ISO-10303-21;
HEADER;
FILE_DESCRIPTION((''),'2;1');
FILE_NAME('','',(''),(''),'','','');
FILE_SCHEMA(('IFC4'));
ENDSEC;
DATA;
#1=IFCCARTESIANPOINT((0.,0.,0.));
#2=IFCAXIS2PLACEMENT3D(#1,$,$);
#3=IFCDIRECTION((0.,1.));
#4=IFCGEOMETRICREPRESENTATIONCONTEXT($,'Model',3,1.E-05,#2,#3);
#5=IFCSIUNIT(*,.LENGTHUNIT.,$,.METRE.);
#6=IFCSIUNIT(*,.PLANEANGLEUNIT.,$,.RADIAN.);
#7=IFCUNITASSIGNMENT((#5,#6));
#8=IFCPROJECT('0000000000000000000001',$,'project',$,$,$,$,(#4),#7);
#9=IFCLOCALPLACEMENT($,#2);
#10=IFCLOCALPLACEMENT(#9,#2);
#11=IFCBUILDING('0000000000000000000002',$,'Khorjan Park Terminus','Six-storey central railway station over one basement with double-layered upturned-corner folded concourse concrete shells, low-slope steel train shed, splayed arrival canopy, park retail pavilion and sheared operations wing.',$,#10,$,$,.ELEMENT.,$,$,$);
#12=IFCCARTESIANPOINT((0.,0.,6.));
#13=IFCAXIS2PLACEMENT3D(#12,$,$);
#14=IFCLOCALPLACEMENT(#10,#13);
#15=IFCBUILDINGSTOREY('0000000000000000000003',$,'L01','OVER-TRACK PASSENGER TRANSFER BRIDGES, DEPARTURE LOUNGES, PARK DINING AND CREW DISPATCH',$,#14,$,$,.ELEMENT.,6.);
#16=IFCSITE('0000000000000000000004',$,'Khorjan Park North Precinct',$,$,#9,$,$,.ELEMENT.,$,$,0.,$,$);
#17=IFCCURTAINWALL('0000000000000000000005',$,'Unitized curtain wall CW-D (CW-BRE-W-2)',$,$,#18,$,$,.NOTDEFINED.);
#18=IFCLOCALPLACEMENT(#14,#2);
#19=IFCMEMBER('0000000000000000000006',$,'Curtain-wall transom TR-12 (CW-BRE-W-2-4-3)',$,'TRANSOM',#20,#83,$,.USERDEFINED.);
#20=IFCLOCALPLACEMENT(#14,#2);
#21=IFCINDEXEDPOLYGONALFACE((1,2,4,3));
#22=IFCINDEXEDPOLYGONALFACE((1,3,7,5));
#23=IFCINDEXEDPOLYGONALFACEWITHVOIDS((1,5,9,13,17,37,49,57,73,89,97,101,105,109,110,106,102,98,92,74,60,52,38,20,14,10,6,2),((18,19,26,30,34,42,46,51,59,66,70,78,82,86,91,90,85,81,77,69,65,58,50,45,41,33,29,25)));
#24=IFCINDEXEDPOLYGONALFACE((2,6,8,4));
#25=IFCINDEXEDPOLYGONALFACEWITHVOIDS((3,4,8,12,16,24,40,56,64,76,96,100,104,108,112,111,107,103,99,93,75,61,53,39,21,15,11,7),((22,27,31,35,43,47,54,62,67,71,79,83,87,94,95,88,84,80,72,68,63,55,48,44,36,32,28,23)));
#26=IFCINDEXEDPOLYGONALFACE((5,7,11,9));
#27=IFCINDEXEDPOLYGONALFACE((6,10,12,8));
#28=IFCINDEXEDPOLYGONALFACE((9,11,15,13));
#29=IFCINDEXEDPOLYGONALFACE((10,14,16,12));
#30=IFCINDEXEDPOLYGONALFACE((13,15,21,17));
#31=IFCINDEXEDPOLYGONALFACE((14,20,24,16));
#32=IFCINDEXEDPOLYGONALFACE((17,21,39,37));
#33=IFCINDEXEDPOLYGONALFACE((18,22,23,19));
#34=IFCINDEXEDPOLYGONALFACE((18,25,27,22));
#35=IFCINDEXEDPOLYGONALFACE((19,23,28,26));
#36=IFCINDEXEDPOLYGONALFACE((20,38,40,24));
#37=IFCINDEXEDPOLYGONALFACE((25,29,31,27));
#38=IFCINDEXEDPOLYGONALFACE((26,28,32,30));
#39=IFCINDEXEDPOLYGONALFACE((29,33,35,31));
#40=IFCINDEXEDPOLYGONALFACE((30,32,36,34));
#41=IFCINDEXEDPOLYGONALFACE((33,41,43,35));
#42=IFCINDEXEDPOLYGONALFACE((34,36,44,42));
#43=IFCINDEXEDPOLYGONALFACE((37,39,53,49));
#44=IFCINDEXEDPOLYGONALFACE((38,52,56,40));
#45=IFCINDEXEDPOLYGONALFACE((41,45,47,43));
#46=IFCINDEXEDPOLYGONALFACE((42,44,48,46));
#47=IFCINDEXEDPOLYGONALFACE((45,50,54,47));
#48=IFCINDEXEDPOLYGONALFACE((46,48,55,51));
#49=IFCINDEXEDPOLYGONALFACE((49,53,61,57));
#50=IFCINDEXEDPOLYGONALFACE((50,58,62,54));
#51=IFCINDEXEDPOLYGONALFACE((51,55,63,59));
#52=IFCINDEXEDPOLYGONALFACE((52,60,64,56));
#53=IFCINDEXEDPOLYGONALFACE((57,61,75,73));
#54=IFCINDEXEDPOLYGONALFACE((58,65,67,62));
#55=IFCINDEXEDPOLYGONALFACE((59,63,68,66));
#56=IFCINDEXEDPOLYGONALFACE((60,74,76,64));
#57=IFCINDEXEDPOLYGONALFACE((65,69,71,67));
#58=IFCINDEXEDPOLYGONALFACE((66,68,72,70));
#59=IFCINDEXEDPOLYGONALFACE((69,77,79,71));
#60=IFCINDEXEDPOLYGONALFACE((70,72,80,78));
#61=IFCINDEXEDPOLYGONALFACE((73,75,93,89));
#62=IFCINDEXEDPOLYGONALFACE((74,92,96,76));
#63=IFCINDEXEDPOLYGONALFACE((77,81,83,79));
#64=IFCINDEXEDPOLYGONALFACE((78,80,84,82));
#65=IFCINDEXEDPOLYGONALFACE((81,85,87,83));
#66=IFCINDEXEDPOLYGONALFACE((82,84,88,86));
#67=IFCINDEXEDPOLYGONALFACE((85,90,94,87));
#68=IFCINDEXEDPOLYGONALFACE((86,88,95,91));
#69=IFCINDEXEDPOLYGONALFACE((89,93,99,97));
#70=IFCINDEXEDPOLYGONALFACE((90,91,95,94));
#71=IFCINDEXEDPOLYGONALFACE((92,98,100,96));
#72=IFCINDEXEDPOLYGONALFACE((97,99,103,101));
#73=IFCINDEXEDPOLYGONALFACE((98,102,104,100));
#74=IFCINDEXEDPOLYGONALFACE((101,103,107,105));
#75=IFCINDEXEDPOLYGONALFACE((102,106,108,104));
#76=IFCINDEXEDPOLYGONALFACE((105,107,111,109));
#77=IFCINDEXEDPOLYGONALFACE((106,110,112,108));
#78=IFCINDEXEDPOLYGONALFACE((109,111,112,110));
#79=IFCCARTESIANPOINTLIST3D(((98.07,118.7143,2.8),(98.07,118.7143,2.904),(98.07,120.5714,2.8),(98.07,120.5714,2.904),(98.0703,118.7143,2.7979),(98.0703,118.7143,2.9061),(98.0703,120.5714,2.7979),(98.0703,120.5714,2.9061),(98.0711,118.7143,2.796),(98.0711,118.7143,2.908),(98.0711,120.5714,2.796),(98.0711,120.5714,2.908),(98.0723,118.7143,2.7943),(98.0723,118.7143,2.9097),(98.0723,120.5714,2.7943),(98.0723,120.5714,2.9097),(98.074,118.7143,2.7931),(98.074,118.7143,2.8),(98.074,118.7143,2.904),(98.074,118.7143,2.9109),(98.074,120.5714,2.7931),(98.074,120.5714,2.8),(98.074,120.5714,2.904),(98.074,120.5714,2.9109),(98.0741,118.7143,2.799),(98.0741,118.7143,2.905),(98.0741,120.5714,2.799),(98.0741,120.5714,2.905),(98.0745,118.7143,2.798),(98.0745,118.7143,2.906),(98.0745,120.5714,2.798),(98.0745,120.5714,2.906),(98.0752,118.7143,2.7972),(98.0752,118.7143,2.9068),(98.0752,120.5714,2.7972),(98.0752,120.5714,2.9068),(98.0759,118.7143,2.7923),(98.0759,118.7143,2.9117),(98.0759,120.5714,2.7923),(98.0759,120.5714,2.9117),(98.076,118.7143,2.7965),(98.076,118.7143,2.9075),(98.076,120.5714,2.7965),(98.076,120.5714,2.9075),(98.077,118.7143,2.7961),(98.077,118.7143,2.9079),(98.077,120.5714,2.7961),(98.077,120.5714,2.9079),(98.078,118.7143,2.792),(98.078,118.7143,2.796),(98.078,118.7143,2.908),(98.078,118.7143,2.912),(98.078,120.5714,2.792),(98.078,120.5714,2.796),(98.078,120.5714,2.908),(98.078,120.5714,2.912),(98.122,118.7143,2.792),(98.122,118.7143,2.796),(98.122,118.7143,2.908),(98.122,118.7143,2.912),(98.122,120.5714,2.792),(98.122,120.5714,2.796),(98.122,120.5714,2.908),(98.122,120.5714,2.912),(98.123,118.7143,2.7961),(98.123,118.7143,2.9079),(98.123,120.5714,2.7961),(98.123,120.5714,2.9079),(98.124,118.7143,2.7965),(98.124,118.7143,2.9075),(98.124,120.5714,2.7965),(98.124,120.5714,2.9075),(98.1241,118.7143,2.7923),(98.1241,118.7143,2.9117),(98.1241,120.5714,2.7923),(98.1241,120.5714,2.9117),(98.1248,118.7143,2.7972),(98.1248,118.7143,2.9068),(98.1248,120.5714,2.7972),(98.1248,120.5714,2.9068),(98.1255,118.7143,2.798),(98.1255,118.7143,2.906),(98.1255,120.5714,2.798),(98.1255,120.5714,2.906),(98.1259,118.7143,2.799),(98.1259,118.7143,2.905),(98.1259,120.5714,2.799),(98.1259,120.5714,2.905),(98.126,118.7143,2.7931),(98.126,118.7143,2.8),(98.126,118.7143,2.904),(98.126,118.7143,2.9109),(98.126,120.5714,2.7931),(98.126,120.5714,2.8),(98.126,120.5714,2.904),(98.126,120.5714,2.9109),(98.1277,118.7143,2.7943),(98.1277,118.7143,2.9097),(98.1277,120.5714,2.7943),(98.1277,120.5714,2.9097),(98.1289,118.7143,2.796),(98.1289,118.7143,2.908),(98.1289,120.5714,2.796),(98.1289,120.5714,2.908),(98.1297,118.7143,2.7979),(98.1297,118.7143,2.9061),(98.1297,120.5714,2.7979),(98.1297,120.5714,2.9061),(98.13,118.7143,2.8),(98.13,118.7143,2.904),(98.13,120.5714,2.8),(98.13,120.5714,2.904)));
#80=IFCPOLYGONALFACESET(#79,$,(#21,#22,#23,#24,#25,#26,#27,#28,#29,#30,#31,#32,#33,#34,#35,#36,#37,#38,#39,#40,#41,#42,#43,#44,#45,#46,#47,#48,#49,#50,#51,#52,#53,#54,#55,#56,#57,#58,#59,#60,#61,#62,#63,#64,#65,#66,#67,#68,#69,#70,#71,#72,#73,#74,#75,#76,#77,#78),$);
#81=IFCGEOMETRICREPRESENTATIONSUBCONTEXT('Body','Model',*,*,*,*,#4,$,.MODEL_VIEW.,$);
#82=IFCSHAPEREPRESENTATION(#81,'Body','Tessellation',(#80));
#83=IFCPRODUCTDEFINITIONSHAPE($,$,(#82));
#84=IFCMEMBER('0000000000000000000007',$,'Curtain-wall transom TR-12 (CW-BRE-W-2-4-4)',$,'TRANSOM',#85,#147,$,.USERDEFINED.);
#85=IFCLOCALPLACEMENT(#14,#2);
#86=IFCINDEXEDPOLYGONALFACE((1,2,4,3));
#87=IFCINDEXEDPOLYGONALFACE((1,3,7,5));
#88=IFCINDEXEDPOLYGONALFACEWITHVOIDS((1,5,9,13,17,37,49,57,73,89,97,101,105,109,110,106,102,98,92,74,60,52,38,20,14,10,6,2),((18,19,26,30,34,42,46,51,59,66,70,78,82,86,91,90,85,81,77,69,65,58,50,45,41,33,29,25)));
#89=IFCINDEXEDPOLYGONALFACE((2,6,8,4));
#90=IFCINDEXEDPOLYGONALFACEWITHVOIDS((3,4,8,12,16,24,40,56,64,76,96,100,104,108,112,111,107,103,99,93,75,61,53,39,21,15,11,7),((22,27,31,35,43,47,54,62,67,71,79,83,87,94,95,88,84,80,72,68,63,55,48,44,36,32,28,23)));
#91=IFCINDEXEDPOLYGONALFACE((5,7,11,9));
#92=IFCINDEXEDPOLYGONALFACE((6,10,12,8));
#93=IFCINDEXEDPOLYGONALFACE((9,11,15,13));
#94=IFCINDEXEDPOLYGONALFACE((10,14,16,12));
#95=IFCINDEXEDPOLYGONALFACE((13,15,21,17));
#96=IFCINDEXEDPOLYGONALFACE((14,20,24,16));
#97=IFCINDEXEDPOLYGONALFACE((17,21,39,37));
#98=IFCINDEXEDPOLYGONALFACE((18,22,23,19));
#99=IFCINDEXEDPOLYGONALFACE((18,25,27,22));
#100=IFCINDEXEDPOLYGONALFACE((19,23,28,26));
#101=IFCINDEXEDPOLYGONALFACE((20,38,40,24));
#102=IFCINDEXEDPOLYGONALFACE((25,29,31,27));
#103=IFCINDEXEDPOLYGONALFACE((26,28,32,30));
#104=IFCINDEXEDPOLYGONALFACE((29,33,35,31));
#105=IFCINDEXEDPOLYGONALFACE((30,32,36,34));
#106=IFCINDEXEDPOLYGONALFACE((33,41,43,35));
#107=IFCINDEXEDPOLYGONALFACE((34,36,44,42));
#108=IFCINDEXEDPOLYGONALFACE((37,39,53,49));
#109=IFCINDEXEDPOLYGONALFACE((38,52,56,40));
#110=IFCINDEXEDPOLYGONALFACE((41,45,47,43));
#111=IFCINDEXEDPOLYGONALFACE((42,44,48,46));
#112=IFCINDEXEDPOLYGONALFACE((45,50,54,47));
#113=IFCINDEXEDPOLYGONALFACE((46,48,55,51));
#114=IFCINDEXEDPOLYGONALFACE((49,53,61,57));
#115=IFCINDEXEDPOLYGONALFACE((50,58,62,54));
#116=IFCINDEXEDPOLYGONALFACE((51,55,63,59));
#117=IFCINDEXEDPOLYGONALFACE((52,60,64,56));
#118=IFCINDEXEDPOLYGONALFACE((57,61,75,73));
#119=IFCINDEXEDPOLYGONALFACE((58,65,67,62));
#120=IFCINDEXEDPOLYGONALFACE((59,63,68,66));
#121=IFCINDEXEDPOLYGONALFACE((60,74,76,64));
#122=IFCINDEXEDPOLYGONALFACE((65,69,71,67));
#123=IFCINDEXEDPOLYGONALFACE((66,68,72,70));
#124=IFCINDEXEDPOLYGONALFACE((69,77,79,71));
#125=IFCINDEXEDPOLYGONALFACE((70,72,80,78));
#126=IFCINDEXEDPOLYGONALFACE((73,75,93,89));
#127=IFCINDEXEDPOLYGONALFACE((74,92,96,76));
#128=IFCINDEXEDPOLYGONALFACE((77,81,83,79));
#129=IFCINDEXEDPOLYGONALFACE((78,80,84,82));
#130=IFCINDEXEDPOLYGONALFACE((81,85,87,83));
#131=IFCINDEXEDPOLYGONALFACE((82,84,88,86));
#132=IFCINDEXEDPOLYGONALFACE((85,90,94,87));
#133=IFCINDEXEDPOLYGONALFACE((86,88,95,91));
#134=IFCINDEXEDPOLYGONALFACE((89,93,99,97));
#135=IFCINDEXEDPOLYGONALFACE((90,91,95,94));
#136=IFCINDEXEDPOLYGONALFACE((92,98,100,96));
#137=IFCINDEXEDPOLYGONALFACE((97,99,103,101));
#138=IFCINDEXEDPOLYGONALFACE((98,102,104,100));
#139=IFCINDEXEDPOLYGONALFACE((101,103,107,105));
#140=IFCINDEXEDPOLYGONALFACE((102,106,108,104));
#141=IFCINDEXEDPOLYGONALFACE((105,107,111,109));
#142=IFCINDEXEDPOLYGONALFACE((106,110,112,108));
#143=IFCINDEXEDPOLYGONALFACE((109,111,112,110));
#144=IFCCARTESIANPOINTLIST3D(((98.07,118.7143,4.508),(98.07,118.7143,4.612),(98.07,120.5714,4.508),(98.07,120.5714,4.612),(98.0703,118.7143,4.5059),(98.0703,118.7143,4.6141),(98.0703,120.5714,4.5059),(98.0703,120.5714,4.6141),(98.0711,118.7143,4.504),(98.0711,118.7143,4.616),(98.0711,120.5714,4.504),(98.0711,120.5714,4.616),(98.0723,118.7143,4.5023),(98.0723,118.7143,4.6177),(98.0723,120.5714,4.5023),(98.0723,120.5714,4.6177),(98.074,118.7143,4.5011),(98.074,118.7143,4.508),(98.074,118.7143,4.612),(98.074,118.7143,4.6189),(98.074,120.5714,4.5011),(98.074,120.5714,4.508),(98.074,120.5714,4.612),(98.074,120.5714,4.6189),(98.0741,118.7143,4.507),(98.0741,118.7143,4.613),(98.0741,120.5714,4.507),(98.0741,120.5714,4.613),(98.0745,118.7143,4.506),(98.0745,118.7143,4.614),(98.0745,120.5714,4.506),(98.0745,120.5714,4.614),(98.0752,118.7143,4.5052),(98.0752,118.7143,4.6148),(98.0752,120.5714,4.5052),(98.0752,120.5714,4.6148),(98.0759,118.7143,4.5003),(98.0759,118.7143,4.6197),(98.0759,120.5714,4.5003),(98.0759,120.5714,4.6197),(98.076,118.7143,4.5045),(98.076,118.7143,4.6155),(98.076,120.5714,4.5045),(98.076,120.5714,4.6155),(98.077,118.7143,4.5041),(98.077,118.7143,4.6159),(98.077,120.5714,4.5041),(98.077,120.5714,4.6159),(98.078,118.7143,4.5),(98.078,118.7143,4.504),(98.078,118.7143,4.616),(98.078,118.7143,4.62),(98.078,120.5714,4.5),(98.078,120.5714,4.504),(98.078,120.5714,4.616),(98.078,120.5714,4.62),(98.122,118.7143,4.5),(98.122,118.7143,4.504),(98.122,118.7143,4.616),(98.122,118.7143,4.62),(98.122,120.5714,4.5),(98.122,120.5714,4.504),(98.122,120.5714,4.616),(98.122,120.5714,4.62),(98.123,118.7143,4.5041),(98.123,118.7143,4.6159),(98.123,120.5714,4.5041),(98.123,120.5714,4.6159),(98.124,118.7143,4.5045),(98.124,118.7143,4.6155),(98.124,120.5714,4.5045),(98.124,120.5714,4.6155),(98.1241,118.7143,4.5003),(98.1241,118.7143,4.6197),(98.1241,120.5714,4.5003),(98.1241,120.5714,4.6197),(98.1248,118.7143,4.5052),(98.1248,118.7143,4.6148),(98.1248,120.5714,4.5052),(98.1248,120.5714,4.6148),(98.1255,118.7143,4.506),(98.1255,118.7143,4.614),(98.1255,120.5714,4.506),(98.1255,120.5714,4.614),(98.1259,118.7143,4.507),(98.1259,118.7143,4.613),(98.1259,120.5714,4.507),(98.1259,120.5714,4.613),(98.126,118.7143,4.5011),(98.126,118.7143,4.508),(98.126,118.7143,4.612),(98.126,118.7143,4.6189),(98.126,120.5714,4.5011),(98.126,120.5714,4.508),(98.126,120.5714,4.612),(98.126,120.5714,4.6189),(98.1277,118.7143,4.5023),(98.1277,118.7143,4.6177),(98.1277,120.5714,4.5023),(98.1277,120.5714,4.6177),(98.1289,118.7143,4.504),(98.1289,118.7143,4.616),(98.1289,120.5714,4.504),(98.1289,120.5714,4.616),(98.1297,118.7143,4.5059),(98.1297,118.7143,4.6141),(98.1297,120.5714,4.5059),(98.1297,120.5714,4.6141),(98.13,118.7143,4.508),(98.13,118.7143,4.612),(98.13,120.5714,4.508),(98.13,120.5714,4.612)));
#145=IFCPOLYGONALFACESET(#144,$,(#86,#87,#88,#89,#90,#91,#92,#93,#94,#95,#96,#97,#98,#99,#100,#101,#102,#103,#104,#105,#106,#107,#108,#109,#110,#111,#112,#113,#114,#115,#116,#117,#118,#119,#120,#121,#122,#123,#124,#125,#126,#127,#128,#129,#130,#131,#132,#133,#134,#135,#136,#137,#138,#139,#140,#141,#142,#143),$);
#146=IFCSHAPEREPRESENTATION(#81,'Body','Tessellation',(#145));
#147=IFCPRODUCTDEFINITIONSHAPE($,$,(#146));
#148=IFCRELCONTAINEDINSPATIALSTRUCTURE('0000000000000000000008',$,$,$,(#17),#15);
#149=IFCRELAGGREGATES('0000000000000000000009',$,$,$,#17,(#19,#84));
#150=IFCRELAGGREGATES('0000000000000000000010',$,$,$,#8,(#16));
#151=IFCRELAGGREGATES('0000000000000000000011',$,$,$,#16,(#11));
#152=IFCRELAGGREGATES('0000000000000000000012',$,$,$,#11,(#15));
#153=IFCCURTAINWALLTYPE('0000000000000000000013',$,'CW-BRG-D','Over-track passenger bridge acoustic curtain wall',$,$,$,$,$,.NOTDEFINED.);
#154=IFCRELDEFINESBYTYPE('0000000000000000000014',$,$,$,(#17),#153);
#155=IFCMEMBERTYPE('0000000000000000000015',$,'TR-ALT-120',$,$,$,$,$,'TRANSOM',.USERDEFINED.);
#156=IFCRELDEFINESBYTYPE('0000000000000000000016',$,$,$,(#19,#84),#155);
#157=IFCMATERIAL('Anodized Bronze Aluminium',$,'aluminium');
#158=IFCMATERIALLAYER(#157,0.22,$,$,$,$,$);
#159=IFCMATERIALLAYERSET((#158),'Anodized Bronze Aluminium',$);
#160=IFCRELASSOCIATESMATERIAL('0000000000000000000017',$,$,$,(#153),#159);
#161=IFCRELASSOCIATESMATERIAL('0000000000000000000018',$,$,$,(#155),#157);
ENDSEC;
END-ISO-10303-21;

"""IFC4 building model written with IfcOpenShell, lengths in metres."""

from ifc_helpers import new_model, si_unit, direction, frame, origin, origin_2d, place, context, subcontext, project, spatial, hollow_rectangle, extrude, material, layer, layer_set, material_profile, profile_set, type_object, element, aggregate, save


model = new_model("IFC4")

# Units and contexts
model_context = context("Model", 3, precision=1e-05, world=origin(), true_north=direction((0.0, 1.0)))
body_context = subcontext(model_context, "Body", "Model", "MODEL_VIEW")
ifc_project = project(units=[si_unit("LENGTHUNIT", "METRE"), si_unit("PLANEANGLEUNIT", "RADIAN")], contexts=[model_context])

# Site, building, storey
site_placement = place(None, origin())
site = spatial("IfcSite", under=ifc_project, at=site_placement, Name="Khorjan Park North Precinct", CompositionType="ELEMENT", RefElevation=0.0)
building_placement = place(site_placement, origin())
building = spatial("IfcBuilding", under=site, at=building_placement, Name="Khorjan Park Terminus", Description="Six-storey central railway station over one basement with double-layered upturned-corner folded concourse concrete shells, low-slope steel train shed, splayed arrival canopy, park retail pavilion and sheared operations wing.", CompositionType="ELEMENT")
storey_placement = place(building_placement, frame((0.0, 0.0, 6.0)))
storey = spatial("IfcBuildingStorey", under=building, at=storey_placement, Name="L01", Description="OVER-TRACK PASSENGER TRANSFER BRIDGES, DEPARTURE LOUNGES, PARK DINING AND CREW DISPATCH", CompositionType="ELEMENT", Elevation=6.0)

# Curtain wall, members
ifc_material_1 = material(Name="Anodized Bronze Aluminium", Category="aluminium")
ifc_layer_1 = layer(ifc_material_1, 0.22)
ifc_layer_set_1 = layer_set([ifc_layer_1], Name="Anodized Bronze Aluminium")
curtain_wall_type = type_object("IfcCurtainWallType", Name="CW-BRG-D", Description="Over-track passenger bridge acoustic curtain wall", PredefinedType="NOTDEFINED", material=ifc_layer_set_1)
curtain_wall_placement = place(storey_placement, origin())
curtain_wall = element("IfcCurtainWall", 1, at=curtain_wall_placement, inside=storey, type_object=curtain_wall_type, Name="Unitized curtain wall CW-D (CW-BRE-W-2)", PredefinedType="NOTDEFINED")
ifc_material_profile_1 = material_profile(ifc_material_1, hollow_rectangle(XDim=0.06, YDim=0.12, WallThickness=0.004, InnerFilletRadius=0.004, OuterFilletRadius=0.008, at=origin_2d()), Name="ALT 60x120x4")
ifc_profile_set_1 = profile_set([ifc_material_profile_1], Name="Anodized Bronze Aluminium")
member_type_1 = type_object("IfcMemberType", Name="TR-ALT-120", ElementType="TRANSOM", PredefinedType="USERDEFINED", material=ifc_profile_set_1)
member_1_placement = place(storey_placement, frame((98.1, 120.5714, 2.852), z_axis=(0.0, -1.0, 0.0), x_axis=(1.0, 0.0, 0.0)))
member_1 = element("IfcMember", 2, at=member_1_placement, type_object=member_type_1, Name="Curtain-wall transom TR-12 (CW-BRE-W-2-4-3)", ObjectType="TRANSOM", PredefinedType="USERDEFINED", context=body_context, shape_type="SweptSolid", body=[
    extrude(hollow_rectangle(XDim=0.06, YDim=0.12, WallThickness=0.004, InnerFilletRadius=0.004, OuterFilletRadius=0.008, at=origin_2d()), origin(), (0.0, 0.0, 1.0), 1.8571),
])
member_2_placement = place(storey_placement, frame((98.1, 120.5714, 4.56), z_axis=(0.0, -1.0, 0.0), x_axis=(1.0, 0.0, 0.0)))
member_2 = element("IfcMember", 3, at=member_2_placement, type_object=member_type_1, Name="Curtain-wall transom TR-12 (CW-BRE-W-2-4-4)", ObjectType="TRANSOM", PredefinedType="USERDEFINED", context=body_context, shape_type="SweptSolid", body=[
    extrude(hollow_rectangle(XDim=0.06, YDim=0.12, WallThickness=0.004, InnerFilletRadius=0.004, OuterFilletRadius=0.008, at=origin_2d()), origin(), (0.0, 0.0, 1.0), 1.8571),
])
aggregate(curtain_wall, [member_1, member_2])

save(model, "model.ifc")
